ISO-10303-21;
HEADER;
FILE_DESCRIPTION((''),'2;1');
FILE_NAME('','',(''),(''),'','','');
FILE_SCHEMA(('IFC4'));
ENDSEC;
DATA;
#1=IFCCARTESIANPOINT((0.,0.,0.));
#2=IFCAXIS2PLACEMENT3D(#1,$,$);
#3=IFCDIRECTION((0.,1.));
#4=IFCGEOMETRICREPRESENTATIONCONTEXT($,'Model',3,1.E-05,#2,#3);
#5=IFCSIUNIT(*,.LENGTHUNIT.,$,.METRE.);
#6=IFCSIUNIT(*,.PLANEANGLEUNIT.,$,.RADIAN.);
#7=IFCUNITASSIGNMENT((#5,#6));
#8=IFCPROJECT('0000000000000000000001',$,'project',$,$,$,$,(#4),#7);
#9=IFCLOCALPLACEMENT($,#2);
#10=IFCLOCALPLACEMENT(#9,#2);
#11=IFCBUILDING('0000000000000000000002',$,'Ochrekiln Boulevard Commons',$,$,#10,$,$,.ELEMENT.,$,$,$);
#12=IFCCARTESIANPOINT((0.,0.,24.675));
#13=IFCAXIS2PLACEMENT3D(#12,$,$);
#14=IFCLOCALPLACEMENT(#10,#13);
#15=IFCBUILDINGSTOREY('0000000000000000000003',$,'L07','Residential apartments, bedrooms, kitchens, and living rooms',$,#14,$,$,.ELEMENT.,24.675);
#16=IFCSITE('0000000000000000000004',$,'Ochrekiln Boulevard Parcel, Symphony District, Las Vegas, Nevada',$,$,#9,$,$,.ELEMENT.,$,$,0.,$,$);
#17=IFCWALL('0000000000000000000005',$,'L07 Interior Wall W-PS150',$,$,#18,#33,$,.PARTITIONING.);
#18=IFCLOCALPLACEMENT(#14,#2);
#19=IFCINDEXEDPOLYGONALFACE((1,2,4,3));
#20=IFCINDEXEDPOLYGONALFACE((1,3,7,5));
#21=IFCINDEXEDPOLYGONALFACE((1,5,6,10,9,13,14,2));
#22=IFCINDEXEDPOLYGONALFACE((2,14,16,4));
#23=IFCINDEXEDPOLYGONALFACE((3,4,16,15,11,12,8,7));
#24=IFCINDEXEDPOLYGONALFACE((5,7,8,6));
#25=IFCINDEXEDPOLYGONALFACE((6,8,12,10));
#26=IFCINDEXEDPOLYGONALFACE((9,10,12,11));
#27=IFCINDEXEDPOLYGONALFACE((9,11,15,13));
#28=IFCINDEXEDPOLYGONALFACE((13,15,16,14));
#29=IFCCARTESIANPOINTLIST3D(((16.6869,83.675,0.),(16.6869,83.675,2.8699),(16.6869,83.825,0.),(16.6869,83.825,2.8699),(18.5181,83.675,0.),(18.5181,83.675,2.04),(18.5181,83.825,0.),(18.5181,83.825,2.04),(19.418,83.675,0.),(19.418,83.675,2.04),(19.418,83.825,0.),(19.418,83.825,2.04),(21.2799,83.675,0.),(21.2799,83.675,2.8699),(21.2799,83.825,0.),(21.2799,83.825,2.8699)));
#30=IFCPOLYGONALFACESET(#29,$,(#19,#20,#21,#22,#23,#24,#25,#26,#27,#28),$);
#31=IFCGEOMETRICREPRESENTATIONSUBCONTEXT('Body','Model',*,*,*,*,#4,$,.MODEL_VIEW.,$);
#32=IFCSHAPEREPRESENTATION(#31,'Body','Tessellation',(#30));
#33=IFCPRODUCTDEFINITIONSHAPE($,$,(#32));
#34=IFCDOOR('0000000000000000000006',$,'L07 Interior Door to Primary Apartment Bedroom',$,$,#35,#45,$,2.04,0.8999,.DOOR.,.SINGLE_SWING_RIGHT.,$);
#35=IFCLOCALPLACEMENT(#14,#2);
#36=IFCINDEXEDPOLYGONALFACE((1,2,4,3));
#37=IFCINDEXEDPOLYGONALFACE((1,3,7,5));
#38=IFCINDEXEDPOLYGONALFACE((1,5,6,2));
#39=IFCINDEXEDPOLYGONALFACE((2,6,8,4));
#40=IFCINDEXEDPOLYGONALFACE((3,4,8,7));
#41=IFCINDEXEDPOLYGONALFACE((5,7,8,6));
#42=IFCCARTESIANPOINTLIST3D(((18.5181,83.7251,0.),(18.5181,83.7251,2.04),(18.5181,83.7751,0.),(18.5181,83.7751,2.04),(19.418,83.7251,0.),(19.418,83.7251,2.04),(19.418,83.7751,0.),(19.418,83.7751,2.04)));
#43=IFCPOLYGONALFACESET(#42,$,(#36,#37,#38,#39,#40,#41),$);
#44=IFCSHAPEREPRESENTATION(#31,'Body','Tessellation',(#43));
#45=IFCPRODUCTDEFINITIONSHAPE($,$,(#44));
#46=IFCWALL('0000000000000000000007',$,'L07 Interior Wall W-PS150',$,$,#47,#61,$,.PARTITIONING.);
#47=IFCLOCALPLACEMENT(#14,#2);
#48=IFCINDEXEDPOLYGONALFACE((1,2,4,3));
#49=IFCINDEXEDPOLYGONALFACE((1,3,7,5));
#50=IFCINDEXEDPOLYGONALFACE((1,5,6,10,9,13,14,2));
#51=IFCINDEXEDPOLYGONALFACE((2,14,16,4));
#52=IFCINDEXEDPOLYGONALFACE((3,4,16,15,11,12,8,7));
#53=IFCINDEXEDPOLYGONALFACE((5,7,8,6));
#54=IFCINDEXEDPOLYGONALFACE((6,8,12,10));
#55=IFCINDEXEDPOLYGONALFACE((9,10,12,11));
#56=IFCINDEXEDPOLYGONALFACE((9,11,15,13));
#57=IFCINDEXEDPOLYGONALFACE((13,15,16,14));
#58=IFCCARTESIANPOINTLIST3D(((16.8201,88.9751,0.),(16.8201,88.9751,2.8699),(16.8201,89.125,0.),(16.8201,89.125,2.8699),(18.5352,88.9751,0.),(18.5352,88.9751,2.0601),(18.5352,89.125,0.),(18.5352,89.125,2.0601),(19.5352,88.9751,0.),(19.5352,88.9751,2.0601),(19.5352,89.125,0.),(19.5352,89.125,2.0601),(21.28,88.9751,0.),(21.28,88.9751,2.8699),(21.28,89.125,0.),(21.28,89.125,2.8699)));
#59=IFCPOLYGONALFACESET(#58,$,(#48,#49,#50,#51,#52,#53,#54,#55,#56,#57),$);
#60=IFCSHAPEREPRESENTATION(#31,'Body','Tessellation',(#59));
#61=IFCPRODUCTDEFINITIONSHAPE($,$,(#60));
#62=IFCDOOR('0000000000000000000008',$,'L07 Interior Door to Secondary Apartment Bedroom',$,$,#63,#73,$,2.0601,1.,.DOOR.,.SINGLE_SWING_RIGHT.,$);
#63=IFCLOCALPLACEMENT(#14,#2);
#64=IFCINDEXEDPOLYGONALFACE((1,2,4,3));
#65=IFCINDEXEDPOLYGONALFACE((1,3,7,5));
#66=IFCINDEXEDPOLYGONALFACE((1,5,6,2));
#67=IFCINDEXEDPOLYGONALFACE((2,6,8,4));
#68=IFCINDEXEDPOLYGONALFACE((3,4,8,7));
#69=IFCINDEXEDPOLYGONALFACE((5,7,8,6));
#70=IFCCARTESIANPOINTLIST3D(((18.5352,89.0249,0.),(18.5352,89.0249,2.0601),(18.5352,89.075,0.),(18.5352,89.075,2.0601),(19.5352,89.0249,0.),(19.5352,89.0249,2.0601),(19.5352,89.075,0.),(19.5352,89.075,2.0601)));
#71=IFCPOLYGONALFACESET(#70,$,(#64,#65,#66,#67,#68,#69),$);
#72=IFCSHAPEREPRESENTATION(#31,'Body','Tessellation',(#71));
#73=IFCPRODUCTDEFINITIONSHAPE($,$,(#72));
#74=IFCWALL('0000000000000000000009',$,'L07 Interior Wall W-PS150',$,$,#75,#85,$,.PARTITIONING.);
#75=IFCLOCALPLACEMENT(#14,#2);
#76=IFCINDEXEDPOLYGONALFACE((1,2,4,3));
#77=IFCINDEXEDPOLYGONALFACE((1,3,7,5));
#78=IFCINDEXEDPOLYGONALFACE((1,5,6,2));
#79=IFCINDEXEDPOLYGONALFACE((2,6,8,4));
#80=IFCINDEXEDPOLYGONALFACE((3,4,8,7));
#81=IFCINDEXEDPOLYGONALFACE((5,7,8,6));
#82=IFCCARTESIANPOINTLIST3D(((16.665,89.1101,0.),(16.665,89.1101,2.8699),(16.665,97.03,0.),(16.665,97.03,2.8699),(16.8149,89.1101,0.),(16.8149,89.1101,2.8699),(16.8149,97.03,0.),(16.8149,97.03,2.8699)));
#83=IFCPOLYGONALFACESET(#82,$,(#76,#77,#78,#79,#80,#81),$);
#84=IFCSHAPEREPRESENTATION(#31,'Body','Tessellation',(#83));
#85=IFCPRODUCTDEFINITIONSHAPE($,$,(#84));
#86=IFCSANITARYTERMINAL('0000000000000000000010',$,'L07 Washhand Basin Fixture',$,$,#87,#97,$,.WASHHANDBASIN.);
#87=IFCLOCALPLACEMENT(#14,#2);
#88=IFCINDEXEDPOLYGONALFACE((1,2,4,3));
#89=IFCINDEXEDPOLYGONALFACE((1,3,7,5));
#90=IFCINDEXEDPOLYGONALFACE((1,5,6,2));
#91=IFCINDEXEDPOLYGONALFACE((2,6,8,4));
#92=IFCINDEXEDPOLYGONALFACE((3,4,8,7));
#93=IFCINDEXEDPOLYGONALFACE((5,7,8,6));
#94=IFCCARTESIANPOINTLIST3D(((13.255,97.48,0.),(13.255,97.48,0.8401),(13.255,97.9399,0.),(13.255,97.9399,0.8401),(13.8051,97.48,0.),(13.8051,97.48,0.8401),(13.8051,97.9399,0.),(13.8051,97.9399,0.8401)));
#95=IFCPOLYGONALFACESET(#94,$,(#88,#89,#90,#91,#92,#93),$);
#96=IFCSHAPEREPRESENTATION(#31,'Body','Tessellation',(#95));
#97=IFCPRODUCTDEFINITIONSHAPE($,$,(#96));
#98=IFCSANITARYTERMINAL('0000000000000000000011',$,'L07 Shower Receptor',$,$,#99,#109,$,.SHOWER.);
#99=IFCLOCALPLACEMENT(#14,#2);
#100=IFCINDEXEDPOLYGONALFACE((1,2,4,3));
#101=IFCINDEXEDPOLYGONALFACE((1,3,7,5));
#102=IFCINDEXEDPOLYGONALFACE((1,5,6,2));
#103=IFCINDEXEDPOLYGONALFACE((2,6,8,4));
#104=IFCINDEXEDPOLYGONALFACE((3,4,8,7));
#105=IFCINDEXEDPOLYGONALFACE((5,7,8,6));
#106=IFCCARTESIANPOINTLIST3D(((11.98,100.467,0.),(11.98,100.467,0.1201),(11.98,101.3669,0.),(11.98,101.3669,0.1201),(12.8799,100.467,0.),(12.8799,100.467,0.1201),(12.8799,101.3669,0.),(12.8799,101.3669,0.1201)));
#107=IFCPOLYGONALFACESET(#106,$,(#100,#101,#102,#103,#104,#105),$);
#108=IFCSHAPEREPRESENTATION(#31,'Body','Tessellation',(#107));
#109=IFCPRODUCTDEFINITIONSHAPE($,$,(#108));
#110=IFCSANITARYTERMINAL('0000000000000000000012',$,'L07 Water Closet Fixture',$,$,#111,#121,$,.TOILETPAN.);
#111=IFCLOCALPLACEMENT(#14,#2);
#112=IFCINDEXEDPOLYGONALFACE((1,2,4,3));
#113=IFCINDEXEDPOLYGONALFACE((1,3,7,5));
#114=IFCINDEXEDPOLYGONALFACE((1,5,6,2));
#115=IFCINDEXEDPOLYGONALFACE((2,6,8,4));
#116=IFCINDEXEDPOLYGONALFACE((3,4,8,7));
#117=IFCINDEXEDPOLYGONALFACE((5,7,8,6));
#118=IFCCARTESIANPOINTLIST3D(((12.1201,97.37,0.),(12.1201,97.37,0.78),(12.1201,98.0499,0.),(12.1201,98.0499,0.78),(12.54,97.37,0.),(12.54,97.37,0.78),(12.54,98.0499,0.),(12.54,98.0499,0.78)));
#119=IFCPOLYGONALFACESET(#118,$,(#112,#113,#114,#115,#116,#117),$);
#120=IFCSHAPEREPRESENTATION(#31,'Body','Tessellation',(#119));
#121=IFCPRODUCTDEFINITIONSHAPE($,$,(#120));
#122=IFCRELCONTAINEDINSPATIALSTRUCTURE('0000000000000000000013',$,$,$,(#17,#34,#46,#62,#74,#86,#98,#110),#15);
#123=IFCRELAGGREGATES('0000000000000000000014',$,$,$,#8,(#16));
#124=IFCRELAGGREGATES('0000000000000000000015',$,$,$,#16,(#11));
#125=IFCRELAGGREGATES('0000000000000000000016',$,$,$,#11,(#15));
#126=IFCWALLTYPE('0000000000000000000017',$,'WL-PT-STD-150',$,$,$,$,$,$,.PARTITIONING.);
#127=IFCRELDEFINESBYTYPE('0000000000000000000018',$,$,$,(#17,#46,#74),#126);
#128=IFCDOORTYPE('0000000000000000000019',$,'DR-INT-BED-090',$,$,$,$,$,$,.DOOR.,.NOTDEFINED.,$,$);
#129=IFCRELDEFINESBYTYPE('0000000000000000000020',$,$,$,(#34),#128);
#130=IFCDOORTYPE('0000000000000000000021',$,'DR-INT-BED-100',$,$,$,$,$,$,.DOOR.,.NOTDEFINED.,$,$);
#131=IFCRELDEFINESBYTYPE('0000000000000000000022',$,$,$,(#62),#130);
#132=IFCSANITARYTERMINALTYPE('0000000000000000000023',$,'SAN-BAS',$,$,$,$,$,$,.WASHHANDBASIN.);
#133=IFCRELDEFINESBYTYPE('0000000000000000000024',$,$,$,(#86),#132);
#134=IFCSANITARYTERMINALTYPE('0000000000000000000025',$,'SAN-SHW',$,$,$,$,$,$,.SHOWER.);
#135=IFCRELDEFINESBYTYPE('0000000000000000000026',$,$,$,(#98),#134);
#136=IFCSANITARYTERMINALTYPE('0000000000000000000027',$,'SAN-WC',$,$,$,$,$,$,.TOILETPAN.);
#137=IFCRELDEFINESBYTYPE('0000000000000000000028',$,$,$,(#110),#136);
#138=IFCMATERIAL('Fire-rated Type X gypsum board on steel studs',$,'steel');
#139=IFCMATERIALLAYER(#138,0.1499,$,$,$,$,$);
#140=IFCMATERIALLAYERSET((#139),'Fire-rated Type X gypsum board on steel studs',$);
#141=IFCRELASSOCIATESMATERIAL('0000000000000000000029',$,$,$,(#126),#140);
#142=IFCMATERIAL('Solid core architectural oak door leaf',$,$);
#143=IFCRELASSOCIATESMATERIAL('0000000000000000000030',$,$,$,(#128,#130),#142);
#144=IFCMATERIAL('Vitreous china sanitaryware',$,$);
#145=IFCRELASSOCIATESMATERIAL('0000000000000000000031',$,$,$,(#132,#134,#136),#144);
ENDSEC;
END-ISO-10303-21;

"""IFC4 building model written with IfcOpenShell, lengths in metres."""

from ifc_helpers import new_model, si_unit, direction, frame, frame_2d, origin, origin_2d, place, context, subcontext, project, spatial, rectangle, extrude, material, layer, layer_set, type_object, element, fill, save


model = new_model("IFC4")

# Units and contexts
model_context = context("Model", 3, precision=1e-05, world=origin(), true_north=direction((0.0, 1.0)))
body_context = subcontext(model_context, "Body", "Model", "MODEL_VIEW")
ifc_project = project(units=[si_unit("LENGTHUNIT", "METRE"), si_unit("PLANEANGLEUNIT", "RADIAN")], contexts=[model_context])

# Site, building, storey
site_placement = place(None, origin())
site = spatial("IfcSite", under=ifc_project, at=site_placement, Name="Ochrekiln Boulevard Parcel, Symphony District, Las Vegas, Nevada", CompositionType="ELEMENT", RefElevation=0.0)
building_placement = place(site_placement, origin())
building = spatial("IfcBuilding", under=site, at=building_placement, Name="Ochrekiln Boulevard Commons", CompositionType="ELEMENT")
storey_placement = place(building_placement, frame((0.0, 0.0, 24.675)))
storey = spatial("IfcBuildingStorey", under=building, at=storey_placement, Name="L07", Description="Residential apartments, bedrooms, kitchens, and living rooms", CompositionType="ELEMENT", Elevation=24.675)

# Shared definitions
ifc_material_1 = material(Name="Fire-rated Type X gypsum board on steel studs", Category="steel")

# Shared definitions
ifc_material_2 = material(Name="Solid core architectural oak door leaf")

# Walls, openings, doors
ifc_layer_1 = layer(ifc_material_1, 0.1499)
ifc_layer_set_1 = layer_set([ifc_layer_1], Name="Fire-rated Type X gypsum board on steel studs")
wall_type_1 = type_object("IfcWallType", Name="WL-PT-STD-150", PredefinedType="PARTITIONING", material=ifc_layer_set_1)
wall_1_placement = place(storey_placement, frame((16.687, 83.75, 0.0), z_axis=(0.0, 0.0, 1.0), x_axis=(1.0, 0.0, 0.0)))
wall_1 = element("IfcWall", 1, at=wall_1_placement, inside=storey, type_object=wall_type_1, Name="L07 Interior Wall W-PS150", PredefinedType="PARTITIONING", context=body_context, shape_type="SweptSolid", body=[
    extrude(rectangle(XDim=4.593, YDim=0.1499, at=frame_2d((2.2964, 0.0))), origin(), (0.0, 0.0, 1.0), 2.8699),
])
opening_1_placement = place(wall_1_placement, frame((1.8311, 0.0, 0.0)))
opening_1 = element("IfcOpeningElement", 2, at=opening_1_placement, cuts=wall_1, PredefinedType="OPENING", context=body_context, shape_type="SweptSolid", body=[
    extrude(rectangle(XDim=0.8999, YDim=2.04, at=frame_2d((0.45, 1.02))), frame((0.0, 0.085, 0.0), z_axis=(0.0, -1.0, 0.0), x_axis=(1.0, 0.0, 0.0)), (0.0, 0.0, 1.0), 0.1699),
])
door_type_1 = type_object("IfcDoorType", Name="DR-INT-BED-090", OperationType="NOTDEFINED", PredefinedType="DOOR", material=ifc_material_2)
door_1_placement = place(opening_1_placement, frame((0.8999, 0.0, 0.0), z_axis=(0.0, 0.0, 1.0), x_axis=(-1.0, 0.0, 0.0)))
door_1 = element("IfcDoor", 3, at=door_1_placement, inside=storey, type_object=door_type_1, Name="L07 Interior Door to Primary Apartment Bedroom", OperationType="SINGLE_SWING_RIGHT", OverallHeight=2.04, OverallWidth=0.8999, PredefinedType="DOOR", context=body_context, shape_type="SweptSolid", body=[
    extrude(rectangle(XDim=0.8999, YDim=2.04, at=frame_2d((0.45, 1.02))), frame((0.0, 0.0249, 0.0), z_axis=(0.0, -1.0, 0.0), x_axis=(1.0, 0.0, 0.0)), (0.0, 0.0, 1.0), 0.05),
])
fill(opening_1, door_1)
wall_2_placement = place(storey_placement, frame((16.8201, 89.05, 0.0), z_axis=(0.0, 0.0, 1.0), x_axis=(1.0, 0.0, 0.0)))
wall_2 = element("IfcWall", 4, at=wall_2_placement, inside=storey, type_object=wall_type_1, Name="L07 Interior Wall W-PS150", PredefinedType="PARTITIONING", context=body_context, shape_type="SweptSolid", body=[
    extrude(rectangle(XDim=4.46, YDim=0.1499, at=frame_2d((2.23, 0.0))), origin(), (0.0, 0.0, 1.0), 2.8699),
])
opening_2_placement = place(wall_2_placement, frame((1.7151, 0.0, 0.0)))
opening_2 = element("IfcOpeningElement", 5, at=opening_2_placement, cuts=wall_2, PredefinedType="OPENING", context=body_context, shape_type="SweptSolid", body=[
    extrude(rectangle(XDim=1.0, YDim=2.0601, at=frame_2d((0.5, 1.03))), frame((0.0, 0.085, 0.0), z_axis=(0.0, -1.0, 0.0), x_axis=(1.0, 0.0, 0.0)), (0.0, 0.0, 1.0), 0.1699),
])
door_type_2 = type_object("IfcDoorType", Name="DR-INT-BED-100", OperationType="NOTDEFINED", PredefinedType="DOOR", material=ifc_material_2)
door_2_placement = place(opening_2_placement, origin())
door_2 = element("IfcDoor", 6, at=door_2_placement, inside=storey, type_object=door_type_2, Name="L07 Interior Door to Secondary Apartment Bedroom", OperationType="SINGLE_SWING_RIGHT", OverallHeight=2.0601, OverallWidth=1.0, PredefinedType="DOOR", context=body_context, shape_type="SweptSolid", body=[
    extrude(rectangle(XDim=1.0, YDim=2.0601, at=frame_2d((0.5, 1.03))), frame((0.0, 0.0249, 0.0), z_axis=(0.0, -1.0, 0.0), x_axis=(1.0, 0.0, 0.0)), (0.0, 0.0, 1.0), 0.05),
])
fill(opening_2, door_2)

# Wall
wall_3_placement = place(storey_placement, frame((16.74, 89.1101, 0.0), z_axis=(0.0, 0.0, 1.0), x_axis=(0.0, 1.0, 0.0)))
element("IfcWall", 7, at=wall_3_placement, inside=storey, type_object=wall_type_1, Name="L07 Interior Wall W-PS150", PredefinedType="PARTITIONING", context=body_context, shape_type="SweptSolid", body=[
    extrude(rectangle(XDim=7.9199, YDim=0.1499, at=frame_2d((3.96, 0.0))), origin(), (0.0, 0.0, 1.0), 2.8699),
])

# Sanitary terminals
ifc_material_3 = material(Name="Vitreous china sanitaryware")
sanitary_terminal_type_1 = type_object("IfcSanitaryTerminalType", Name="SAN-BAS", PredefinedType="WASHHANDBASIN", material=ifc_material_3)
sanitary_terminal_1_placement = place(storey_placement, frame((13.53, 97.71, 0.0), z_axis=(0.0, 0.0, 1.0), x_axis=(1.0, 0.0, 0.0)))
element("IfcSanitaryTerminal", 8, at=sanitary_terminal_1_placement, inside=storey, type_object=sanitary_terminal_type_1, Name="L07 Washhand Basin Fixture", PredefinedType="WASHHANDBASIN", context=body_context, shape_type="SweptSolid", body=[
    extrude(rectangle(XDim=0.55, YDim=0.46, at=origin_2d()), origin(), (0.0, 0.0, 1.0), 0.8401),
])
sanitary_terminal_type_2 = type_object("IfcSanitaryTerminalType", Name="SAN-SHW", PredefinedType="SHOWER", material=ifc_material_3)
sanitary_terminal_2_placement = place(storey_placement, frame((12.4299, 100.917, 0.0), z_axis=(0.0, 0.0, 1.0), x_axis=(1.0, 0.0, 0.0)))
element("IfcSanitaryTerminal", 9, at=sanitary_terminal_2_placement, inside=storey, type_object=sanitary_terminal_type_2, Name="L07 Shower Receptor", PredefinedType="SHOWER", context=body_context, shape_type="SweptSolid", body=[
    extrude(rectangle(XDim=0.8999, YDim=0.8999, at=origin_2d()), origin(), (0.0, 0.0, 1.0), 0.1201),
])
sanitary_terminal_type_3 = type_object("IfcSanitaryTerminalType", Name="SAN-WC", PredefinedType="TOILETPAN", material=ifc_material_3)
sanitary_terminal_3_placement = place(storey_placement, frame((12.3301, 97.71, 0.0), z_axis=(0.0, 0.0, 1.0), x_axis=(1.0, 0.0, 0.0)))
element("IfcSanitaryTerminal", 10, at=sanitary_terminal_3_placement, inside=storey, type_object=sanitary_terminal_type_3, Name="L07 Water Closet Fixture", PredefinedType="TOILETPAN", context=body_context, shape_type="SweptSolid", body=[
    extrude(rectangle(XDim=0.4199, YDim=0.6799, at=origin_2d()), origin(), (0.0, 0.0, 1.0), 0.78),
])

save(model, "model.ifc")
